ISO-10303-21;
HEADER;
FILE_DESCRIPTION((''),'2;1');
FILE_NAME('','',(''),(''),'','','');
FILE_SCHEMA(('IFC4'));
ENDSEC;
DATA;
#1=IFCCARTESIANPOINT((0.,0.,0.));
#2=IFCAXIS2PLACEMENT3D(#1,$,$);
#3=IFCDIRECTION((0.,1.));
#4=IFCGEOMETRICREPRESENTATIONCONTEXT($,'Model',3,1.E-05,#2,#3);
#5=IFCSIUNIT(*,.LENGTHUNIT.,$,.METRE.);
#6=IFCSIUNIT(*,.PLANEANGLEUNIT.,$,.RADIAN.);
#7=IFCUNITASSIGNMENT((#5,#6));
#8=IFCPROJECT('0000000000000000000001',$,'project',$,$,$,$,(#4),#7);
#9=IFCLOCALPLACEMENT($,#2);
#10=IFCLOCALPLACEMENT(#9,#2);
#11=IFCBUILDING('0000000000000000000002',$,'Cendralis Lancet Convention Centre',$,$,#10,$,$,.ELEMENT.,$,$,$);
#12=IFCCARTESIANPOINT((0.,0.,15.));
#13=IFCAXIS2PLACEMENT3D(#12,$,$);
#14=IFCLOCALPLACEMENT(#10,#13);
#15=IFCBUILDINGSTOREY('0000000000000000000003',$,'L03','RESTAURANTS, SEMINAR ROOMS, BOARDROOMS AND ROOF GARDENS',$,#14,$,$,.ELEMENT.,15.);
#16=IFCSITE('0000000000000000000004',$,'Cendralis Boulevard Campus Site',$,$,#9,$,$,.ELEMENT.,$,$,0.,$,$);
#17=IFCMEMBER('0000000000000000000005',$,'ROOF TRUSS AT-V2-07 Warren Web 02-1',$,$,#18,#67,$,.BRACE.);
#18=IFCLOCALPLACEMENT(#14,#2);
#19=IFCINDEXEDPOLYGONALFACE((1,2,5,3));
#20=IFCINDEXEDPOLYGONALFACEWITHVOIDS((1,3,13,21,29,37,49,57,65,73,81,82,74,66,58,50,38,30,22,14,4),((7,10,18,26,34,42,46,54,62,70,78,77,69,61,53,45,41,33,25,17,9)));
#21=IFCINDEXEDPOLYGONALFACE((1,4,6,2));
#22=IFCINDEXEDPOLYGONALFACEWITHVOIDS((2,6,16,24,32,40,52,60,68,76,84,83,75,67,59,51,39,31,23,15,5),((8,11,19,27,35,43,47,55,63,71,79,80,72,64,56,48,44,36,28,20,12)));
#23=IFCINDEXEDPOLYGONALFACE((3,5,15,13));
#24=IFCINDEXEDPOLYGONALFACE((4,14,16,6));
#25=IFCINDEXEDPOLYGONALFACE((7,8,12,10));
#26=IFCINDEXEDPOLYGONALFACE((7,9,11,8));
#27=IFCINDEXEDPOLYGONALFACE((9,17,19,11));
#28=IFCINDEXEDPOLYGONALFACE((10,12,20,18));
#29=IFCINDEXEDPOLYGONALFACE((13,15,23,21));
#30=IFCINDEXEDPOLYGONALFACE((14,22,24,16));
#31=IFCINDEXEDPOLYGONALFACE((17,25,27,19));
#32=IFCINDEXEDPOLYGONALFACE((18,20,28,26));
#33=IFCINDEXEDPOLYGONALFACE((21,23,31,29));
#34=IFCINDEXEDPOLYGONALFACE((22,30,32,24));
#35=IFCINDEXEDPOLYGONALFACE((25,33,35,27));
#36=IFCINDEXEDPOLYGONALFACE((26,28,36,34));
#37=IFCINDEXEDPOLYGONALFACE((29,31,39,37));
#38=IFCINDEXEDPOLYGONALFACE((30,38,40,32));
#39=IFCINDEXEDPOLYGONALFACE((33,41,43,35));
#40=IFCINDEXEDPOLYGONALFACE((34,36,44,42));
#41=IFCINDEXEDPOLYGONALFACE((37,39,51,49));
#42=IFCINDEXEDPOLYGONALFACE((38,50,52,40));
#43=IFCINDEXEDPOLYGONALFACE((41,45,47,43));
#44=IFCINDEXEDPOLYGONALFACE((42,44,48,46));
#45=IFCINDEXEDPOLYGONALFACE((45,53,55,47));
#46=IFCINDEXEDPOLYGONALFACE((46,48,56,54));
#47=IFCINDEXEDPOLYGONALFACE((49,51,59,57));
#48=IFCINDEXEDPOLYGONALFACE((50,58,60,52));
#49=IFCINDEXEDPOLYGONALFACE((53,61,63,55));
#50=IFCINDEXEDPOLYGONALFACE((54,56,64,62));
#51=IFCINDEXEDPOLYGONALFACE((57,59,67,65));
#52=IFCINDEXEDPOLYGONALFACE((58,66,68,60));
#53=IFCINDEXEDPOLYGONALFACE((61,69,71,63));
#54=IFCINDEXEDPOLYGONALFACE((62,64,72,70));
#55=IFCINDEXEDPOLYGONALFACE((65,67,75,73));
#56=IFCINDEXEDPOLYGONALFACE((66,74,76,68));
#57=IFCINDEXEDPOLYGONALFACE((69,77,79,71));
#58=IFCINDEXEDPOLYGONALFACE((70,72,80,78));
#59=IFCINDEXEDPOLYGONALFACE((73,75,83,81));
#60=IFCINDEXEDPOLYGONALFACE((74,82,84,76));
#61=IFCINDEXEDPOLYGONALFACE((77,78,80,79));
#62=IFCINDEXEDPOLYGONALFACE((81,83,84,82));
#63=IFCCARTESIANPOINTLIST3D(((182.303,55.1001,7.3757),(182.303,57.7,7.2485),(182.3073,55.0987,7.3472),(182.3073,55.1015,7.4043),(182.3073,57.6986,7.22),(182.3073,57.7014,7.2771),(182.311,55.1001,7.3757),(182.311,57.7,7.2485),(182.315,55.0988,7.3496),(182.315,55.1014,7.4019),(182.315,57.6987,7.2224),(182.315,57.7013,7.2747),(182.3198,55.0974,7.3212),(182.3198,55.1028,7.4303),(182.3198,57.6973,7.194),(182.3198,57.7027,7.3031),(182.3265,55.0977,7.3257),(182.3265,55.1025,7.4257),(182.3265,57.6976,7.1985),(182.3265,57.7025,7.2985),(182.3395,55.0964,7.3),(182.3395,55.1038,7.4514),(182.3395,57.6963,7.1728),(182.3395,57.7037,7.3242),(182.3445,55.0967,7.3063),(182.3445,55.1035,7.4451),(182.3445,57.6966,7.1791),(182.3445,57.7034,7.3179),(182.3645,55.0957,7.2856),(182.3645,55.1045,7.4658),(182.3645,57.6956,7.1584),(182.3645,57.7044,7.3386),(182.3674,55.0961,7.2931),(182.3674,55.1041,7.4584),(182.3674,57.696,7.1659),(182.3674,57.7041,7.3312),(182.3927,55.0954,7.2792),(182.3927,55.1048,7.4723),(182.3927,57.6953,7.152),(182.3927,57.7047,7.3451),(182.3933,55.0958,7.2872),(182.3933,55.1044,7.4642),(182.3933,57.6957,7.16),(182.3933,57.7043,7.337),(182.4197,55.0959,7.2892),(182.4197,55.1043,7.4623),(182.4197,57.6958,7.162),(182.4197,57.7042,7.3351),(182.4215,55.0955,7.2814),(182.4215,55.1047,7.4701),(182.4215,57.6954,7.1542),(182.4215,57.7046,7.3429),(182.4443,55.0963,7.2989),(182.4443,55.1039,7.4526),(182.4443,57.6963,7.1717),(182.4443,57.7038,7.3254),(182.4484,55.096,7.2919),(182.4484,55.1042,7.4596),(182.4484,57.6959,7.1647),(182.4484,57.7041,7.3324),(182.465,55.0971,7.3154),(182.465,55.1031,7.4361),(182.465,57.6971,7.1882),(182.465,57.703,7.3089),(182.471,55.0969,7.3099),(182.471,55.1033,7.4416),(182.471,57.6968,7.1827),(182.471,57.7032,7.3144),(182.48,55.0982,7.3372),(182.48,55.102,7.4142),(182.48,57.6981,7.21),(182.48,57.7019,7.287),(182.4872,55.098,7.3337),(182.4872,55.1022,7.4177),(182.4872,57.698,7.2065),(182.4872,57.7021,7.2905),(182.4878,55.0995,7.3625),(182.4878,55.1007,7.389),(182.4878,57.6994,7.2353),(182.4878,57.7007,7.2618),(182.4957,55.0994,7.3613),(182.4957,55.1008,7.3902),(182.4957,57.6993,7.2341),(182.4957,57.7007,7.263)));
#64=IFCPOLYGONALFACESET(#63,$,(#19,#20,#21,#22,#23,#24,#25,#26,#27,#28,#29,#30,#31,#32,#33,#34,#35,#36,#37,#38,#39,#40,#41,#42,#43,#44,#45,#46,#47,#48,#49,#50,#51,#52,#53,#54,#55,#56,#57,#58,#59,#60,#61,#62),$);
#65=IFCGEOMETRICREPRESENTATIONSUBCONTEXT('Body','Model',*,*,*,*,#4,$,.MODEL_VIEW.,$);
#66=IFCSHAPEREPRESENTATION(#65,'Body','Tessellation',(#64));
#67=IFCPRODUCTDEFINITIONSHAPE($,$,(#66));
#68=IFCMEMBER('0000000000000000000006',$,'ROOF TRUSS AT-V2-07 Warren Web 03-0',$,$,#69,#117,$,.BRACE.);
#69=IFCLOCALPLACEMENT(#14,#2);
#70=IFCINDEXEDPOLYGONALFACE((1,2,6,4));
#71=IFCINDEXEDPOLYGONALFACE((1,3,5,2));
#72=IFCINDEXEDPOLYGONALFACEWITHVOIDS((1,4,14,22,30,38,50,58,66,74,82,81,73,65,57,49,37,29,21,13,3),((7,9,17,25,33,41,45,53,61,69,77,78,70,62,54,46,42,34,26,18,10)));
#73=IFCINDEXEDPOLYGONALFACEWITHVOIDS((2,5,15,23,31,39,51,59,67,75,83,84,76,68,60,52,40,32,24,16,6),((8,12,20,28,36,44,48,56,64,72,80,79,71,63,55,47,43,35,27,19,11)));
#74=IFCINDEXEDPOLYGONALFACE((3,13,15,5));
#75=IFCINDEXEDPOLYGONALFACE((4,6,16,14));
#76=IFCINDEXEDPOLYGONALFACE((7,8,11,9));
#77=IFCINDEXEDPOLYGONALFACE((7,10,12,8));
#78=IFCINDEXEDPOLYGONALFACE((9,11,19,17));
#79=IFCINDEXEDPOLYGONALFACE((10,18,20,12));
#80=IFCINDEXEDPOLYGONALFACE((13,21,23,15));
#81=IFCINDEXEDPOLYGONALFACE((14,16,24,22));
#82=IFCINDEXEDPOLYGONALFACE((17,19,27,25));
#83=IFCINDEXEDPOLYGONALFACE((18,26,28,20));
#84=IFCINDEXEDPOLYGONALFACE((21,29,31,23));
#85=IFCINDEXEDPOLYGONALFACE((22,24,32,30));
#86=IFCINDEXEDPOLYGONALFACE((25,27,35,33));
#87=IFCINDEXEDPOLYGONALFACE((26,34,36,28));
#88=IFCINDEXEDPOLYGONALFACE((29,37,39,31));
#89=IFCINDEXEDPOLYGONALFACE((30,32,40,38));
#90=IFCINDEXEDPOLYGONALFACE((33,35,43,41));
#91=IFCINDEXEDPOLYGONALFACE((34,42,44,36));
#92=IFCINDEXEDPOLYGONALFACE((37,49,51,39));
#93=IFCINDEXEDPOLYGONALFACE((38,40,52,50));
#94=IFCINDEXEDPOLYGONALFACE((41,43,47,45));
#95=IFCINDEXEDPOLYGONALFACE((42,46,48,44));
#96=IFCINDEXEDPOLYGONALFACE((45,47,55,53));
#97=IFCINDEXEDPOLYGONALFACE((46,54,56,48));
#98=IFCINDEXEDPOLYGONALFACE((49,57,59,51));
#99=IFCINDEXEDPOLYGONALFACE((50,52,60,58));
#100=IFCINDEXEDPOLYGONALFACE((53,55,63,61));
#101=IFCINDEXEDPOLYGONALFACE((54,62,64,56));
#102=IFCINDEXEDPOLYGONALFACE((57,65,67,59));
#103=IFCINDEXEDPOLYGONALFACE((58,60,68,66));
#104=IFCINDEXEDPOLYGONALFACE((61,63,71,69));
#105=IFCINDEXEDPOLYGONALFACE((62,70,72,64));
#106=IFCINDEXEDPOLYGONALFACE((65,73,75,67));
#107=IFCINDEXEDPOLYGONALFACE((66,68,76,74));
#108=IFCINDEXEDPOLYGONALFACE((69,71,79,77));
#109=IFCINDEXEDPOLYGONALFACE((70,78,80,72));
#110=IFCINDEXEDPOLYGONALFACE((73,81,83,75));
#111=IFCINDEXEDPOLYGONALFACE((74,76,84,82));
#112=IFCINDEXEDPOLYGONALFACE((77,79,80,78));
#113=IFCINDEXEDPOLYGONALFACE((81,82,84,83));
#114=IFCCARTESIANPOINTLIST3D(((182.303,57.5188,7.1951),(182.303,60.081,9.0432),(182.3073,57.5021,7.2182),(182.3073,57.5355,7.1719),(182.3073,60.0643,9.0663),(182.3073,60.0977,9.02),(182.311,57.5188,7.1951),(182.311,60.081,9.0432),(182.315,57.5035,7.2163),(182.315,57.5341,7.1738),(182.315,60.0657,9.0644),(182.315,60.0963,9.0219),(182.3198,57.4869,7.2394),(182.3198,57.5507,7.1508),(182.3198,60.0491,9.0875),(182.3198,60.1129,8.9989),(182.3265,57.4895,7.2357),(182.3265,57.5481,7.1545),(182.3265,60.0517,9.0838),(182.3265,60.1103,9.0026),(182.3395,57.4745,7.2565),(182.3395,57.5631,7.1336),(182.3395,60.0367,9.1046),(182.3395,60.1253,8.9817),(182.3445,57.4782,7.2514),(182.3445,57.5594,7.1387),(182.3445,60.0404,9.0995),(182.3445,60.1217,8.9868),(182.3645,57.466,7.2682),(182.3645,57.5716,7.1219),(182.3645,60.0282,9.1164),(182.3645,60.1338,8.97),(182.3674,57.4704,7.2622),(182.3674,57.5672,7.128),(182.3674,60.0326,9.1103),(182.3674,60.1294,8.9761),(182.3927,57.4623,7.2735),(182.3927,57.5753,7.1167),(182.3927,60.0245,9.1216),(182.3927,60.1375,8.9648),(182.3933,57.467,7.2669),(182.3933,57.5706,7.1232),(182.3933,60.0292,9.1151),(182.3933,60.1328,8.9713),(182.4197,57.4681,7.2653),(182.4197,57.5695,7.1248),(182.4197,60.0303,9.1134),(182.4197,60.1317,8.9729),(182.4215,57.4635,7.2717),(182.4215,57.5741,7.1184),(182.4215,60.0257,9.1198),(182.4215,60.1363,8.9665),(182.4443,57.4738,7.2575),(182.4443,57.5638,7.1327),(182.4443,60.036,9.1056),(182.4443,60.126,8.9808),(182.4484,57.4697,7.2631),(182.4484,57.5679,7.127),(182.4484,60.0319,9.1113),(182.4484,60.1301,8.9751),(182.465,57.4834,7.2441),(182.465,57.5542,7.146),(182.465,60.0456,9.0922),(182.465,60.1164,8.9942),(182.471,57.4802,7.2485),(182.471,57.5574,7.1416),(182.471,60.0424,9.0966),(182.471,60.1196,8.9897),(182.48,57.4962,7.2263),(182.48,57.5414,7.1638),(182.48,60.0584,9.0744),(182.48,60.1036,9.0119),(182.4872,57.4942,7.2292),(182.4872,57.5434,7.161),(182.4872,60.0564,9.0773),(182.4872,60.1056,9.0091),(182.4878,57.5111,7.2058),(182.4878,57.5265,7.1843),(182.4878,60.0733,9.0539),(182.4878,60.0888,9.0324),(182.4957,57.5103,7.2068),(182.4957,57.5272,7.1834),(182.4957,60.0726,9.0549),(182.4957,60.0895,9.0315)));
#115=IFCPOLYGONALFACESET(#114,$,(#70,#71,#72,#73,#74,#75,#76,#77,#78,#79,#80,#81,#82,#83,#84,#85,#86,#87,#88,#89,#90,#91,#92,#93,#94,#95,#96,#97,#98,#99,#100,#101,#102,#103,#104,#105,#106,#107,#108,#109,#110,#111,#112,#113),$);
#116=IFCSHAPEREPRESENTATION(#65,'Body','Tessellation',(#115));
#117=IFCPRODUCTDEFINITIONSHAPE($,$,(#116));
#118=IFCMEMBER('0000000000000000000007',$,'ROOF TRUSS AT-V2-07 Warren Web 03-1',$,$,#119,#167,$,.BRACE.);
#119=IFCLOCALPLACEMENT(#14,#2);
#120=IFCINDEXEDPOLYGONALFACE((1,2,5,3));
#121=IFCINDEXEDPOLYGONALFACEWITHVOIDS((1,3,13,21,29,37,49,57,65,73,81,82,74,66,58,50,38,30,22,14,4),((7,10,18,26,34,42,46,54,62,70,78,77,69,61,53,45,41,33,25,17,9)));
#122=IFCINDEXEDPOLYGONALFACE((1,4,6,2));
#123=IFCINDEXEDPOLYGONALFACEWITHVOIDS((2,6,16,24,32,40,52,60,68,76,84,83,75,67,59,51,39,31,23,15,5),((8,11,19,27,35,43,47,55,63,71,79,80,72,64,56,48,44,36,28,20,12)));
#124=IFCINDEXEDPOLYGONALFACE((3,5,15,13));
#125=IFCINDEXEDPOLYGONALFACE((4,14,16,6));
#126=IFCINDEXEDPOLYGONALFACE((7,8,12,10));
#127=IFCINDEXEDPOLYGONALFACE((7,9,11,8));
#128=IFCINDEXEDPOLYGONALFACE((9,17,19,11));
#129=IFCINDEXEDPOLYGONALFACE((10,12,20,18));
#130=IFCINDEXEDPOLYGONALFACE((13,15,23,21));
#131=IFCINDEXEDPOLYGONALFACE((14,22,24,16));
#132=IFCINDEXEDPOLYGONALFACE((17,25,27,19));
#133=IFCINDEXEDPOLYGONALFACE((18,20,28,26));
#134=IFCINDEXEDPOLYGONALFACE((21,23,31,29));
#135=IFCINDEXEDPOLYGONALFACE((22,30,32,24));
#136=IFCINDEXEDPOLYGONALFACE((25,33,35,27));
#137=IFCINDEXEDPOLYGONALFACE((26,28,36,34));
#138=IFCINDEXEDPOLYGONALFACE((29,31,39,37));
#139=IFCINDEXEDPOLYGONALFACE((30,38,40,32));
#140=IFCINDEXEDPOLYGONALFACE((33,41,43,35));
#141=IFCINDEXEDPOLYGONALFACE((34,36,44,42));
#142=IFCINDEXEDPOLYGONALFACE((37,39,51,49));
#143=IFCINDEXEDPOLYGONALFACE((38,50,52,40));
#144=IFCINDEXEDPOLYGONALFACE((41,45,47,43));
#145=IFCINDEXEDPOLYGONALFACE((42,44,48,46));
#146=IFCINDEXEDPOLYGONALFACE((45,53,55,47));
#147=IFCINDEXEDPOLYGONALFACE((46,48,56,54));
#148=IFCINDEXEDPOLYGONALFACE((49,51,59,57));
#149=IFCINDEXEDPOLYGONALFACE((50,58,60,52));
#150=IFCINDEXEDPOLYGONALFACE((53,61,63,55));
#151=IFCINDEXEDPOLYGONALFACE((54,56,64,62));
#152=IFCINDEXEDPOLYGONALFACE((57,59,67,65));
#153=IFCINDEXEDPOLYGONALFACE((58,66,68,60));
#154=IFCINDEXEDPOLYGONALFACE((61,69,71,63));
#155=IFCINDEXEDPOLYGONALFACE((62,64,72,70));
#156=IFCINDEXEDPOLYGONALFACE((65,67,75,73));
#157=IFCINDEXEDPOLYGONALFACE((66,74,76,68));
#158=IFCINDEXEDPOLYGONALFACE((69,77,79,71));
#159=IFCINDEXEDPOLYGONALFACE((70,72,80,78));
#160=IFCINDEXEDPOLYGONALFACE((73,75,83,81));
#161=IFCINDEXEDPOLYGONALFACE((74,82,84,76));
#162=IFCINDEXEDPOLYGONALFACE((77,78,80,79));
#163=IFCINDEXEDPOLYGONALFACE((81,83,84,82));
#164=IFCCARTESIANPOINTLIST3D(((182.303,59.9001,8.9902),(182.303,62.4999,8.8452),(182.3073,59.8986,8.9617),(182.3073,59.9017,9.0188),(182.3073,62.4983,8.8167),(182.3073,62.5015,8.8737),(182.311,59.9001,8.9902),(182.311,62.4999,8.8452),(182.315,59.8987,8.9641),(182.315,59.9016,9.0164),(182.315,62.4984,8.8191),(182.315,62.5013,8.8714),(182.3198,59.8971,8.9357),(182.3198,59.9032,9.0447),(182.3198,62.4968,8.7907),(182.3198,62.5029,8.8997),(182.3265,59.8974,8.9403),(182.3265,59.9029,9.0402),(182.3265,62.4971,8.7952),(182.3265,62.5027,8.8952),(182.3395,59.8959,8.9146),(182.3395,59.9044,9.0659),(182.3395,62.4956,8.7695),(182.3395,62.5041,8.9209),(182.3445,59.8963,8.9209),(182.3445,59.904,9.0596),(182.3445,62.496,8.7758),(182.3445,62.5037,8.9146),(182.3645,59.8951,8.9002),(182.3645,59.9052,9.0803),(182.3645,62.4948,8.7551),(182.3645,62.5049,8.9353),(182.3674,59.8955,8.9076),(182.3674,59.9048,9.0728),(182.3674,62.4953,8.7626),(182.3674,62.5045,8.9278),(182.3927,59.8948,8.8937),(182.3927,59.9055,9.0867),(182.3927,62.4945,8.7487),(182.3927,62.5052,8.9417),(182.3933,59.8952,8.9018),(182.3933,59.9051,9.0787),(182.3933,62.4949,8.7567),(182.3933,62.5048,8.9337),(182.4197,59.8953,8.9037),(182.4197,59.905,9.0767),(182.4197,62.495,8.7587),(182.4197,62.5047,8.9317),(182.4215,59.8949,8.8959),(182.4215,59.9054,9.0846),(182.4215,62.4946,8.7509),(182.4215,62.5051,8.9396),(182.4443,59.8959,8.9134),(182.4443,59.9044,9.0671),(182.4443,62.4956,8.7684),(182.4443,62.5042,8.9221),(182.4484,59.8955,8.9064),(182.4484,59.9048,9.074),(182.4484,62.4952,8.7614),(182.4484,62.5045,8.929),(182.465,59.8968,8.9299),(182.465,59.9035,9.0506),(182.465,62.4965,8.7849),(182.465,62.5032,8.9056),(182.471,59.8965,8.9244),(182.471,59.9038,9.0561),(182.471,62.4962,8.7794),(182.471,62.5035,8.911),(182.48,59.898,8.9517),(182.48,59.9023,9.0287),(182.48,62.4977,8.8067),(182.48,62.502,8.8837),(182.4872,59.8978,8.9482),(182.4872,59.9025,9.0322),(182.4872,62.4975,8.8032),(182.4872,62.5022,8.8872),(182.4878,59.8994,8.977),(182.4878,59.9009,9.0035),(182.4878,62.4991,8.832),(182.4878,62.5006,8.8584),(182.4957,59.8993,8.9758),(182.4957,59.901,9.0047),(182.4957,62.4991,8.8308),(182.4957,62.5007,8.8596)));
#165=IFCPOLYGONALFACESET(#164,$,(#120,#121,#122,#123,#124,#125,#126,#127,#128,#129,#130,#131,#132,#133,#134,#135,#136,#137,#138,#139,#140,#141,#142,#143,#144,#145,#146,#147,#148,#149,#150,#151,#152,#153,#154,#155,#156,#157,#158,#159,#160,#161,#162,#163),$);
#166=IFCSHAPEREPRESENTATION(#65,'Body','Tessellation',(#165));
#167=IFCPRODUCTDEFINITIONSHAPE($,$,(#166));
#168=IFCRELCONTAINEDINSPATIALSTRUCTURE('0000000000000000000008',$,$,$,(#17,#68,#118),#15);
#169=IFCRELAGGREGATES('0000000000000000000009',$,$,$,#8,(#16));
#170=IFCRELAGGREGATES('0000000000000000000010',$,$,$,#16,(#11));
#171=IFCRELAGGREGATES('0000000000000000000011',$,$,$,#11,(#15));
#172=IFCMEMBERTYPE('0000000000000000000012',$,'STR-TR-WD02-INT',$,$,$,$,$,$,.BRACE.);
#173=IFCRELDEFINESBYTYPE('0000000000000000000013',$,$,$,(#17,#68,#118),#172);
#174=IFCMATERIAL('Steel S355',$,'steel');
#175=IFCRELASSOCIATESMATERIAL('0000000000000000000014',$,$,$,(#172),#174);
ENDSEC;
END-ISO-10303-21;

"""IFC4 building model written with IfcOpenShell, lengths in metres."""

from ifc_helpers import new_model, si_unit, direction, frame, origin, origin_2d, place, context, subcontext, project, spatial, hollow_circle, extrude, material, material_profile, profile_set, type_object, element, save


model = new_model("IFC4")

# Units and contexts
model_context = context("Model", 3, precision=1e-05, world=origin(), true_north=direction((0.0, 1.0)))
body_context = subcontext(model_context, "Body", "Model", "MODEL_VIEW")
ifc_project = project(units=[si_unit("LENGTHUNIT", "METRE"), si_unit("PLANEANGLEUNIT", "RADIAN")], contexts=[model_context])

# Site, building, storey
site_placement = place(None, origin())
site = spatial("IfcSite", under=ifc_project, at=site_placement, Name="Cendralis Boulevard Campus Site", CompositionType="ELEMENT", RefElevation=0.0)
building_placement = place(site_placement, origin())
building = spatial("IfcBuilding", under=site, at=building_placement, Name="Cendralis Lancet Convention Centre", CompositionType="ELEMENT")
storey_placement = place(building_placement, frame((0.0, 0.0, 15.0)))
storey = spatial("IfcBuildingStorey", under=building, at=storey_placement, Name="L03", Description="RESTAURANTS, SEMINAR ROOMS, BOARDROOMS AND ROOF GARDENS", CompositionType="ELEMENT", Elevation=15.0)

# Members
ifc_material = material(Name="Steel S355", Category="steel")
ifc_material_profile_1 = material_profile(ifc_material, hollow_circle(Radius=0.0969, WallThickness=0.0081, at=origin_2d()), Name="CHS 193.7x8.0")
ifc_profile_set_1 = profile_set([ifc_material_profile_1], Name="Steel S355")
member_type_1 = type_object("IfcMemberType", Name="STR-TR-WD02-INT", PredefinedType="BRACE", material=ifc_profile_set_1)
member_1_placement = place(storey_placement, frame((182.3999, 55.1001, 7.3757), z_axis=(0.0, 0.998805, -0.048866), x_axis=(-1.0, 0.0, 0.0)))
element("IfcMember", 1, at=member_1_placement, inside=storey, type_object=member_type_1, Name="ROOF TRUSS AT-V2-07 Warren Web 02-1", PredefinedType="BRACE", context=body_context, shape_type="SweptSolid", body=[
    extrude(hollow_circle(Radius=0.0969, WallThickness=0.0081, at=origin_2d()), origin(), (0.0, 0.0, 1.0), 2.603),
])
member_2_placement = place(storey_placement, frame((182.3999, 57.5188, 7.1951), z_axis=(0.0, 0.811036, 0.584997), x_axis=(-1.0, 0.0, 0.0)))
element("IfcMember", 2, at=member_2_placement, inside=storey, type_object=member_type_1, Name="ROOF TRUSS AT-V2-07 Warren Web 03-0", PredefinedType="BRACE", context=body_context, shape_type="SweptSolid", body=[
    extrude(hollow_circle(Radius=0.0969, WallThickness=0.0081, at=origin_2d()), origin(), (0.0, 0.0, 1.0), 3.1592),
])
member_3_placement = place(storey_placement, frame((182.3999, 59.9001, 8.9902), z_axis=(0.0, 0.998448, -0.055699), x_axis=(-1.0, 0.0, 0.0)))
element("IfcMember", 3, at=member_3_placement, inside=storey, type_object=member_type_1, Name="ROOF TRUSS AT-V2-07 Warren Web 03-1", PredefinedType="BRACE", context=body_context, shape_type="SweptSolid", body=[
    extrude(hollow_circle(Radius=0.0969, WallThickness=0.0081, at=origin_2d()), origin(), (0.0, 0.0, 1.0), 2.6038),
])

save(model, "model.ifc")
